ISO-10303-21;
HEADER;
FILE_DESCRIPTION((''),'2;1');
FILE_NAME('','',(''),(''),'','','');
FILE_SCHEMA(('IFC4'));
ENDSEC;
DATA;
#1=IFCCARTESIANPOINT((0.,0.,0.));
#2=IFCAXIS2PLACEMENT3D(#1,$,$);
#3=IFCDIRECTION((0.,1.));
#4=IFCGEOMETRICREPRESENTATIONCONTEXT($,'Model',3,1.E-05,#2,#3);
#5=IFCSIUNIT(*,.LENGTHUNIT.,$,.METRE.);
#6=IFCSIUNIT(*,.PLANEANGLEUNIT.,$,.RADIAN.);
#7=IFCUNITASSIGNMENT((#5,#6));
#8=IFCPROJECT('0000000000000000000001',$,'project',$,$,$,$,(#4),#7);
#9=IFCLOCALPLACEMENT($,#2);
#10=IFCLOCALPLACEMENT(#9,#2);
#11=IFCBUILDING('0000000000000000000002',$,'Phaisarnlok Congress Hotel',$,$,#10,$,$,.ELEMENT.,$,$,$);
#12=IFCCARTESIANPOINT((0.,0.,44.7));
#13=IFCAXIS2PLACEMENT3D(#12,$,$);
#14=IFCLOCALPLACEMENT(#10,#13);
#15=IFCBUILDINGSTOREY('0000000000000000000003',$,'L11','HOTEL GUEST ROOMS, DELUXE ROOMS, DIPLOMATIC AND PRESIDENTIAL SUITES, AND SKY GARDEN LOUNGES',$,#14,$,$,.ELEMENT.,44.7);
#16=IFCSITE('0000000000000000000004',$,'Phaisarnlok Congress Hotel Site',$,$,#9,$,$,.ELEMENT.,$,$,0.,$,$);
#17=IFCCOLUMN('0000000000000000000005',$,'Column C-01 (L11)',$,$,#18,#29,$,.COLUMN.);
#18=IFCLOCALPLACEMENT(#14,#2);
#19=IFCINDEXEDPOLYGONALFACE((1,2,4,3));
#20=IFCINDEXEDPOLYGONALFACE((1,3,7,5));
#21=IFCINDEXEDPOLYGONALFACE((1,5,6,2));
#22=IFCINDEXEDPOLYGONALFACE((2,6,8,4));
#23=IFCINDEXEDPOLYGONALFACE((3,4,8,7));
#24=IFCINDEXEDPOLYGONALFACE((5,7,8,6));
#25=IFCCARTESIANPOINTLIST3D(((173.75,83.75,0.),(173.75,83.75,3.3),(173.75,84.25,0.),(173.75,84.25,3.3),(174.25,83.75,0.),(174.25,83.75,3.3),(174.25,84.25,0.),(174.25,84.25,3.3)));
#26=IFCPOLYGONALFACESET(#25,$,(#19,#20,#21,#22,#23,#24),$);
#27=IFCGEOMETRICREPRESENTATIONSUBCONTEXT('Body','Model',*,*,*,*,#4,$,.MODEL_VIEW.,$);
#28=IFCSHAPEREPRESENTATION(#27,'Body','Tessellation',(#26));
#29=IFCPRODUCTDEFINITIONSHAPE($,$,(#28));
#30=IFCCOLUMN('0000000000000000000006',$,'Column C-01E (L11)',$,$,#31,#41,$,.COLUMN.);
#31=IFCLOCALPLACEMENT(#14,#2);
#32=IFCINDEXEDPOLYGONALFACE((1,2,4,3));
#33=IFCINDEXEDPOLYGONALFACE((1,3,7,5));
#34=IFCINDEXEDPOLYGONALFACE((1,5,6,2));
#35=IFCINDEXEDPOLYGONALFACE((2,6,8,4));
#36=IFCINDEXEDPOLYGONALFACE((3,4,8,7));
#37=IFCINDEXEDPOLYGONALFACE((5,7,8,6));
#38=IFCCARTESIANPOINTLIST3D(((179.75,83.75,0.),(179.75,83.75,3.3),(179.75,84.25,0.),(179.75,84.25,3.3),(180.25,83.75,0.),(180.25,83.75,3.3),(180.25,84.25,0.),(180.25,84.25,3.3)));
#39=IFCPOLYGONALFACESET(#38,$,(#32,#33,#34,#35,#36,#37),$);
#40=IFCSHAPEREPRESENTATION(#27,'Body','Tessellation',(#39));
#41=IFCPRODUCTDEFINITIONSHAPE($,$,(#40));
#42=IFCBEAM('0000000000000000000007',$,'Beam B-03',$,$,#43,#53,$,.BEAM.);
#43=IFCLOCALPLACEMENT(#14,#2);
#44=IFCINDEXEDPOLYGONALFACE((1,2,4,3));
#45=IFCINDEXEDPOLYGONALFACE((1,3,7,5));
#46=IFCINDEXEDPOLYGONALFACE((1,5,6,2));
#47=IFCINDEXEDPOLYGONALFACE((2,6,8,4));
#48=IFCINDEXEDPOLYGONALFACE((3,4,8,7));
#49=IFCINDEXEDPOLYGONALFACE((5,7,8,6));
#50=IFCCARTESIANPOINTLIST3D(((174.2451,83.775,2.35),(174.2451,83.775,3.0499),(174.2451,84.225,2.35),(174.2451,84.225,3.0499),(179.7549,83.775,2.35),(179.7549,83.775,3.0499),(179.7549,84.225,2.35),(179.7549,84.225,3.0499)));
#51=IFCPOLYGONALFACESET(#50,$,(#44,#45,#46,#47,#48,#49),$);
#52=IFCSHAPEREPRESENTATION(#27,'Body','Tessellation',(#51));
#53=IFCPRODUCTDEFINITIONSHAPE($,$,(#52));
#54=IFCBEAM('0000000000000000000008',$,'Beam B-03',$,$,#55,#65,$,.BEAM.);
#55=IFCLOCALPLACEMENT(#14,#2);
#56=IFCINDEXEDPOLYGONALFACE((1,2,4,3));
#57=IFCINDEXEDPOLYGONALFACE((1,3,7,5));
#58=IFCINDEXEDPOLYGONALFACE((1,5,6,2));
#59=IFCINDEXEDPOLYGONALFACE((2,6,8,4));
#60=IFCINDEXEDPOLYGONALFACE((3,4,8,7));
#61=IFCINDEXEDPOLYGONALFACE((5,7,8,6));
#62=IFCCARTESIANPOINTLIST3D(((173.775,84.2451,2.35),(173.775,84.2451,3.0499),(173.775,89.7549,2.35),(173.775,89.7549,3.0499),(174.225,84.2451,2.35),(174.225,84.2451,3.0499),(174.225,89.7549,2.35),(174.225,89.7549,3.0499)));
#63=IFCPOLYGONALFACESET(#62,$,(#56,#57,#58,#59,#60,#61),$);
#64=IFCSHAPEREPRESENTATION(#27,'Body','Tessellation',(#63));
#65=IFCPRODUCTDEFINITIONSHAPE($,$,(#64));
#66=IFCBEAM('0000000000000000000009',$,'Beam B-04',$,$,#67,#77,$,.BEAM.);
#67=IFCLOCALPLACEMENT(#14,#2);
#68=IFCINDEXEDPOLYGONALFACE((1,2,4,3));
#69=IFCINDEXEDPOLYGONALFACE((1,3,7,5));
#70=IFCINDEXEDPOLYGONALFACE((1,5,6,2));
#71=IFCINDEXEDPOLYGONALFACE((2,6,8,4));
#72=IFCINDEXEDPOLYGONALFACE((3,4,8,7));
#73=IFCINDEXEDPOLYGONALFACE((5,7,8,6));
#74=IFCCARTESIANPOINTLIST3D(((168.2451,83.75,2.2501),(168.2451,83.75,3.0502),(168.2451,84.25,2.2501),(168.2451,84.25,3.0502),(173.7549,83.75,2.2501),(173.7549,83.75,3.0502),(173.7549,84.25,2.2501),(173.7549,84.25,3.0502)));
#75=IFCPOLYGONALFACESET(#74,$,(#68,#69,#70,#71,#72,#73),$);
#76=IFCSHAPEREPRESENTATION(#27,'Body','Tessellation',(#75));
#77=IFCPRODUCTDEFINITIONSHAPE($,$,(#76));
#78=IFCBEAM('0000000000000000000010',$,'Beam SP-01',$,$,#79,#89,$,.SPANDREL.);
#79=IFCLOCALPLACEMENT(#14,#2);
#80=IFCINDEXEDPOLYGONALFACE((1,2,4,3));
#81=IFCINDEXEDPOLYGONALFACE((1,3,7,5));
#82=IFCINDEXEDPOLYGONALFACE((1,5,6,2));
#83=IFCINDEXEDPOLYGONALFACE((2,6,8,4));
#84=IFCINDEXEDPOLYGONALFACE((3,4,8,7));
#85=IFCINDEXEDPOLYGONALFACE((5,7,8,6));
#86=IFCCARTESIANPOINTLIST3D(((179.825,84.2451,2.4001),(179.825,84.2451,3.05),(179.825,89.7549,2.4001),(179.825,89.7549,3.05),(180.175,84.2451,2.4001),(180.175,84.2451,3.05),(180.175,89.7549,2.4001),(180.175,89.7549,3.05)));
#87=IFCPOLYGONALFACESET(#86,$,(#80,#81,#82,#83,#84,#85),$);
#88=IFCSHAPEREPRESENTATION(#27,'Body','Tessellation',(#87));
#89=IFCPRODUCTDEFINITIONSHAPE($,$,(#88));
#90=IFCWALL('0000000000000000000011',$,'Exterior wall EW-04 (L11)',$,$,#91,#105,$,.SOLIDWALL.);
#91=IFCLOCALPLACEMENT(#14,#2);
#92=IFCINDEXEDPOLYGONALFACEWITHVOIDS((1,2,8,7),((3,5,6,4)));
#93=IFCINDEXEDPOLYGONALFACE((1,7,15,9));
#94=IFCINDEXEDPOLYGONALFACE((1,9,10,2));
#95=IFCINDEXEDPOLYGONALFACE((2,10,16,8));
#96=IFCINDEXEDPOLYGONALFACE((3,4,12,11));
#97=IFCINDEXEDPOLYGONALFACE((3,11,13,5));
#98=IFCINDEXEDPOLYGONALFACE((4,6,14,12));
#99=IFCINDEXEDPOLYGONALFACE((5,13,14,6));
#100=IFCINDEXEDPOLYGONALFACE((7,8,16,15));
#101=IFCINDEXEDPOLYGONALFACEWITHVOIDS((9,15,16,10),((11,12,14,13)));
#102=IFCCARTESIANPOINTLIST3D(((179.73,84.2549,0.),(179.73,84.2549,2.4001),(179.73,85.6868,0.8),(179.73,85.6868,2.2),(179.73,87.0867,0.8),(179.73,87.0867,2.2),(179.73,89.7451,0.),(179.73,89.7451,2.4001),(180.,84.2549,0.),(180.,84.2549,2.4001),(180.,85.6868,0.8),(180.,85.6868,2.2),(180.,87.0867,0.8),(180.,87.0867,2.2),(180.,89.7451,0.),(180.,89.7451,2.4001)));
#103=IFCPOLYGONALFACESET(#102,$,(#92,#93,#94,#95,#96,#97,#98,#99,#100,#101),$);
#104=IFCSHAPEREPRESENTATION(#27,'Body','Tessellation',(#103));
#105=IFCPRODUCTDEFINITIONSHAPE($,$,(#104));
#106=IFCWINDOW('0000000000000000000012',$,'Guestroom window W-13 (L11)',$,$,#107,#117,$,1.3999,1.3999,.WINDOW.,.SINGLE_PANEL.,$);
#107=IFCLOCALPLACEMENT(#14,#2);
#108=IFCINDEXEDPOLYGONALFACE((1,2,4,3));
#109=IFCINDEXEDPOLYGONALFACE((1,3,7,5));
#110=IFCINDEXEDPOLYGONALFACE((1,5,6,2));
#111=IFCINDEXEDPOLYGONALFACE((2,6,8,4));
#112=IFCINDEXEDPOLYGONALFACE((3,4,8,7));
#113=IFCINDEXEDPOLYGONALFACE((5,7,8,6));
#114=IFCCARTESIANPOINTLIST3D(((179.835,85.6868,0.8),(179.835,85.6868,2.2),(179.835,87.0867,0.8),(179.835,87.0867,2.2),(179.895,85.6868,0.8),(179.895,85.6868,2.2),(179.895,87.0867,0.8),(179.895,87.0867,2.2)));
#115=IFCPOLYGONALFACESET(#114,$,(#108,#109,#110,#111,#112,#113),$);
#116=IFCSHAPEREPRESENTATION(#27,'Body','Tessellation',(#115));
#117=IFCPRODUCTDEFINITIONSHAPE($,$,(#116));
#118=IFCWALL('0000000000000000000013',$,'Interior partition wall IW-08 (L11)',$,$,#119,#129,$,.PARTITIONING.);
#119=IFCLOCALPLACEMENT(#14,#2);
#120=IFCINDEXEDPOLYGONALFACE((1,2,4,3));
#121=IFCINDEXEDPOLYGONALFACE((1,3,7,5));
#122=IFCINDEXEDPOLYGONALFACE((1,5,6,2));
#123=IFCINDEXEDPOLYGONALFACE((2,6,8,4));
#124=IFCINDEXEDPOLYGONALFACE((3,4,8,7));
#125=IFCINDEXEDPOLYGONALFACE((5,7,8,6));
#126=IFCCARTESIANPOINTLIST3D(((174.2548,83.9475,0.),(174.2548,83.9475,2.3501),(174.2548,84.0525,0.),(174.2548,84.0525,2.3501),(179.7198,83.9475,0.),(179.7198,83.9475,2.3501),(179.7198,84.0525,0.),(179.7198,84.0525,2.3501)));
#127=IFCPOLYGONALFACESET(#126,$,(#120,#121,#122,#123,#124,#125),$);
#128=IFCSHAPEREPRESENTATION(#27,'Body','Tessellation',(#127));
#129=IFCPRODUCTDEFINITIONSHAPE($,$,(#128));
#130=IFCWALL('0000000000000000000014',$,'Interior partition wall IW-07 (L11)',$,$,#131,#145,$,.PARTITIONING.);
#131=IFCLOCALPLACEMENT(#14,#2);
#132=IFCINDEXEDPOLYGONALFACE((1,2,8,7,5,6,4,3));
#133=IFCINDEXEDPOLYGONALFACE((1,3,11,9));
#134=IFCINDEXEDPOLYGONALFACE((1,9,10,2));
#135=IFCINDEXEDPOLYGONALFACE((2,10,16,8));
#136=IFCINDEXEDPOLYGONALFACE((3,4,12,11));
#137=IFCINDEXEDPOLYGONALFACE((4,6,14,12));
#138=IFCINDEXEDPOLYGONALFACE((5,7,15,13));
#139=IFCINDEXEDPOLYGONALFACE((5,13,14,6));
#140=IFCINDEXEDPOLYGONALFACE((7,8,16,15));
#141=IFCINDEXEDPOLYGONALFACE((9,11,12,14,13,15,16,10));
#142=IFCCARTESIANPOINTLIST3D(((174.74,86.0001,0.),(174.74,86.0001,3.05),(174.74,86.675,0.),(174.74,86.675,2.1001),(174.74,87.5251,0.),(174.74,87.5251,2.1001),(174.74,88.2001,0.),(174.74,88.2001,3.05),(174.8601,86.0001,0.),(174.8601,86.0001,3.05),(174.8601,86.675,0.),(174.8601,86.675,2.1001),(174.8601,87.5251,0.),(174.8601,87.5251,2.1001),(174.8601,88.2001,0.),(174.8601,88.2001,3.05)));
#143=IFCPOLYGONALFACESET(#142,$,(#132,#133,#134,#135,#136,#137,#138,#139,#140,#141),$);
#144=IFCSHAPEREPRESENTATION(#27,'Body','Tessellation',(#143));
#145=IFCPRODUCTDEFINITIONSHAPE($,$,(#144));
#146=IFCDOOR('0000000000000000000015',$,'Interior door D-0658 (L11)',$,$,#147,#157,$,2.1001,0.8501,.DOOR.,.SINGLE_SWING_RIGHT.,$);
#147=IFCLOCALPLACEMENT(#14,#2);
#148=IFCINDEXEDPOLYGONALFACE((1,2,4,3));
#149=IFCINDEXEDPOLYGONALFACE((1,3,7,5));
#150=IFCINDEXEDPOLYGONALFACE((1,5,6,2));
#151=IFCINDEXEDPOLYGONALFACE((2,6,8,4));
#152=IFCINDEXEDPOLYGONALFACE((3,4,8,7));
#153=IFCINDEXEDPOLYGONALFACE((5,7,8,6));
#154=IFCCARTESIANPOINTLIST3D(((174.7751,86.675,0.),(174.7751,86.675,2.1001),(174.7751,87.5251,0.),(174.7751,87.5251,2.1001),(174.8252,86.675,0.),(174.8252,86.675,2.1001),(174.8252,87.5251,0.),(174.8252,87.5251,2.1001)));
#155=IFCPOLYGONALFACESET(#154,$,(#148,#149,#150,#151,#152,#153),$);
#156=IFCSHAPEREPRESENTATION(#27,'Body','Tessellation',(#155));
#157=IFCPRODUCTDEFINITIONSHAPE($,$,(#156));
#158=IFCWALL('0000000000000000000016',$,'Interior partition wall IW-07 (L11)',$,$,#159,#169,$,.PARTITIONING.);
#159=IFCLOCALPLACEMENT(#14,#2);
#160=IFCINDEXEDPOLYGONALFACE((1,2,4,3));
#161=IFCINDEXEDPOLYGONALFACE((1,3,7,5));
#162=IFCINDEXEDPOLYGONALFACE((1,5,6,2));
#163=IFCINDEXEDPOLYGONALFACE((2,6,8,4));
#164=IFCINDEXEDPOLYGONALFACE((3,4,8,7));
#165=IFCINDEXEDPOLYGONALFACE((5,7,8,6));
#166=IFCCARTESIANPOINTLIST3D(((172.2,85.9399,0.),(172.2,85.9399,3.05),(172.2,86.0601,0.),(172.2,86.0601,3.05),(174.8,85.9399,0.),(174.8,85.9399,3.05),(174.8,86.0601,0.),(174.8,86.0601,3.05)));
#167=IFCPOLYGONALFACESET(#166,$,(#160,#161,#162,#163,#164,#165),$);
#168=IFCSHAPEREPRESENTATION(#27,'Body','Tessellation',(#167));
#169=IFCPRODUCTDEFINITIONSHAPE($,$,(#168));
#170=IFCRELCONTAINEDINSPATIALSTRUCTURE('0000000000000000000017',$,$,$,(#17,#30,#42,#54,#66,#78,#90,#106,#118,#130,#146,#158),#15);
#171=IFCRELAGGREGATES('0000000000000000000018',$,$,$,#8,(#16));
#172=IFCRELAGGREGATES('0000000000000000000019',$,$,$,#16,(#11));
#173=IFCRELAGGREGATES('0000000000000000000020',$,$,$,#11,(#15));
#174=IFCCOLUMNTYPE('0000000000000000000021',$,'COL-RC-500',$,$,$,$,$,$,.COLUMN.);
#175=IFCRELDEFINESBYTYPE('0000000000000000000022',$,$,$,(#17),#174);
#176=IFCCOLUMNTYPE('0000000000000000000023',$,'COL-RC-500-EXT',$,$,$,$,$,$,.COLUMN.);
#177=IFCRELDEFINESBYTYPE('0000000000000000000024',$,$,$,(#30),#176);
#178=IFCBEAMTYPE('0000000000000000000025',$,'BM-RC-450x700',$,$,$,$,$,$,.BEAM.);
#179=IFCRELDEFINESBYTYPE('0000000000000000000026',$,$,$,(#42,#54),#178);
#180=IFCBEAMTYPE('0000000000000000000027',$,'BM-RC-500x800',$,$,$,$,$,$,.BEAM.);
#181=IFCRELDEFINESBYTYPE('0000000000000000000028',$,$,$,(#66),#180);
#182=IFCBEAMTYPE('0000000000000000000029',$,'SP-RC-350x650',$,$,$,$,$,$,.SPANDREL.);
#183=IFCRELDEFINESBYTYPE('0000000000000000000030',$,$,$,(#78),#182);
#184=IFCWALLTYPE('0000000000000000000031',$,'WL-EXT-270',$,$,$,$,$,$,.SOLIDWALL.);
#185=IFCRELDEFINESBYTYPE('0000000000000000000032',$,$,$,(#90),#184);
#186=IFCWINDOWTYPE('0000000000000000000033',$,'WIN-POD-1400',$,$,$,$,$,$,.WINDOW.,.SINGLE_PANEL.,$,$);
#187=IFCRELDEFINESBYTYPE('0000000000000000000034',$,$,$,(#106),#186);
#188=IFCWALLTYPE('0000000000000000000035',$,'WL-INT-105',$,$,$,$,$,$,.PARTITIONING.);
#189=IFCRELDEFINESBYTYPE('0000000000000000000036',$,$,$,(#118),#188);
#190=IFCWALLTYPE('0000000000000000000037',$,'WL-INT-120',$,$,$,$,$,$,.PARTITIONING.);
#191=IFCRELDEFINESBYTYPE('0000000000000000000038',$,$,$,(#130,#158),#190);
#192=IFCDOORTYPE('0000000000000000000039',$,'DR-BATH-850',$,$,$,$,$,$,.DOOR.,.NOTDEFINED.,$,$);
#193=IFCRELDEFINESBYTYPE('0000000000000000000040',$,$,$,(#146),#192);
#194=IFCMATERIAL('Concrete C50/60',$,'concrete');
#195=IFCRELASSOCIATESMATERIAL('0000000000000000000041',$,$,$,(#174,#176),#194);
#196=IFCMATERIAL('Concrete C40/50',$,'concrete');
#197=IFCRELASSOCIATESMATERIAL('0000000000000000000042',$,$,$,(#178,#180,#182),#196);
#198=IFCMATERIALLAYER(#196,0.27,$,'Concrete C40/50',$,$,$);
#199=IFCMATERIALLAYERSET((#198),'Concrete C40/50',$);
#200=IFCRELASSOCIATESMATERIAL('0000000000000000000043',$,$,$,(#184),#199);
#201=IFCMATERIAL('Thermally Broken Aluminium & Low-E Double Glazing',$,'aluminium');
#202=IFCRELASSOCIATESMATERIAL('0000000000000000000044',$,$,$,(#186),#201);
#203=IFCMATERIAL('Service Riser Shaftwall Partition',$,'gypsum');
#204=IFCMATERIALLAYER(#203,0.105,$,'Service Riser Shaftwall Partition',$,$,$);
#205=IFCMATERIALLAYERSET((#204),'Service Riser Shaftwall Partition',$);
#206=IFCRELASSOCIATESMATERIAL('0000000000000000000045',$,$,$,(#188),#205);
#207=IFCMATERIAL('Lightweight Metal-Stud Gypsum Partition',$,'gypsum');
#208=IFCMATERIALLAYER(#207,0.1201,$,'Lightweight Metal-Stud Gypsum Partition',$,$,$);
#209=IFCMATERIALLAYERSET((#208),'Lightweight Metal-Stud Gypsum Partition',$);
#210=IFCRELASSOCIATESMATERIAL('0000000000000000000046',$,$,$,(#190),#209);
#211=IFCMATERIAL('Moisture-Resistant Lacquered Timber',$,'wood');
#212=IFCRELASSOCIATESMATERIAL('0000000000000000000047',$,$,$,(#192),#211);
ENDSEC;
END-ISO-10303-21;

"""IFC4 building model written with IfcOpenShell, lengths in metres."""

from ifc_helpers import new_model, si_unit, direction, frame, frame_2d, origin, origin_2d, place, context, subcontext, project, spatial, rectangle, extrude, material, layer, layer_set, material_profile, profile_set, type_object, element, fill, save


model = new_model("IFC4")

# Units and contexts
model_context = context("Model", 3, precision=1e-05, world=origin(), true_north=direction((0.0, 1.0)))
body_context = subcontext(model_context, "Body", "Model", "MODEL_VIEW")
ifc_project = project(units=[si_unit("LENGTHUNIT", "METRE"), si_unit("PLANEANGLEUNIT", "RADIAN")], contexts=[model_context])

# Site, building, storey
site_placement = place(None, origin())
site = spatial("IfcSite", under=ifc_project, at=site_placement, Name="Phaisarnlok Congress Hotel Site", CompositionType="ELEMENT", RefElevation=0.0)
building_placement = place(site_placement, origin())
building = spatial("IfcBuilding", under=site, at=building_placement, Name="Phaisarnlok Congress Hotel", CompositionType="ELEMENT")
storey_placement = place(building_placement, frame((0.0, 0.0, 44.7)))
storey = spatial("IfcBuildingStorey", under=building, at=storey_placement, Name="L11", Description="HOTEL GUEST ROOMS, DELUXE ROOMS, DIPLOMATIC AND PRESIDENTIAL SUITES, AND SKY GARDEN LOUNGES", CompositionType="ELEMENT", Elevation=44.7)

# Columns
ifc_material_1 = material(Name="Concrete C50/60", Category="concrete")
ifc_material_profile_1 = material_profile(ifc_material_1, rectangle(XDim=0.5, YDim=0.5, at=origin_2d()), Name="RC 500x500")
ifc_profile_set_1 = profile_set([ifc_material_profile_1], Name="Concrete C50/60")
column_type_1 = type_object("IfcColumnType", Name="COL-RC-500", PredefinedType="COLUMN", material=ifc_profile_set_1)
column_1_placement = place(storey_placement, frame((174.0, 84.0, 0.0), z_axis=(0.0, 0.0, 1.0), x_axis=(1.0, 0.0, 0.0)))
element("IfcColumn", 1, at=column_1_placement, inside=storey, type_object=column_type_1, Name="Column C-01 (L11)", PredefinedType="COLUMN", context=body_context, shape_type="SweptSolid", body=[
    extrude(rectangle(XDim=0.5, YDim=0.5, at=origin_2d()), origin(), (0.0, 0.0, 1.0), 3.3),
])
ifc_material_profile_2 = material_profile(ifc_material_1, rectangle(XDim=0.5, YDim=0.5, at=origin_2d()), Name="RC 500x500")
ifc_profile_set_2 = profile_set([ifc_material_profile_2], Name="Concrete C50/60")
column_type_2 = type_object("IfcColumnType", Name="COL-RC-500-EXT", PredefinedType="COLUMN", material=ifc_profile_set_2)
column_2_placement = place(storey_placement, frame((180.0, 84.0, 0.0), z_axis=(0.0, 0.0, 1.0), x_axis=(1.0, 0.0, 0.0)))
element("IfcColumn", 2, at=column_2_placement, inside=storey, type_object=column_type_2, Name="Column C-01E (L11)", PredefinedType="COLUMN", context=body_context, shape_type="SweptSolid", body=[
    extrude(rectangle(XDim=0.5, YDim=0.5, at=origin_2d()), origin(), (0.0, 0.0, 1.0), 3.3),
])

# Beams
ifc_material_2 = material(Name="Concrete C40/50", Category="concrete")
ifc_material_profile_3 = material_profile(ifc_material_2, rectangle(XDim=0.45, YDim=0.7, at=origin_2d()), Name="RC 450x700")
ifc_profile_set_3 = profile_set([ifc_material_profile_3], Name="Concrete C40/50")
beam_type_1 = type_object("IfcBeamType", Name="BM-RC-450x700", PredefinedType="BEAM", material=ifc_profile_set_3)
for number, where, z_axis, x_axis, name in (
    (3, (174.2451, 84.0, 2.7), (1.0, 0.0, 0.0), (0.0, 1.0, 0.0), "Beam B-03"),
    (4, (174.0, 84.2451, 2.7), (0.0, 1.0, 0.0), (-1.0, 0.0, 0.0), "Beam B-03"),
):
    element("IfcBeam", number, at=place(storey_placement, frame(where, z_axis=z_axis, x_axis=x_axis)), inside=storey, type_object=beam_type_1, Name=name, PredefinedType="BEAM", context=body_context, shape_type="SweptSolid", body=[
        extrude(rectangle(XDim=0.45, YDim=0.7, at=origin_2d()), origin(), (0.0, 0.0, 1.0), 5.5098),
    ])
ifc_material_profile_4 = material_profile(ifc_material_2, rectangle(XDim=0.5, YDim=0.8, at=origin_2d()), Name="RC 500x800")
ifc_profile_set_4 = profile_set([ifc_material_profile_4], Name="Concrete C40/50")
beam_type_2 = type_object("IfcBeamType", Name="BM-RC-500x800", PredefinedType="BEAM", material=ifc_profile_set_4)
beam_1_placement = place(storey_placement, frame((168.2451, 84.0, 2.6501), z_axis=(1.0, 0.0, 0.0), x_axis=(0.0, 1.0, 0.0)))
element("IfcBeam", 5, at=beam_1_placement, inside=storey, type_object=beam_type_2, Name="Beam B-04", PredefinedType="BEAM", context=body_context, shape_type="SweptSolid", body=[
    extrude(rectangle(XDim=0.5, YDim=0.8, at=origin_2d()), origin(), (0.0, 0.0, 1.0), 5.5098),
])
ifc_material_profile_5 = material_profile(ifc_material_2, rectangle(XDim=0.3501, YDim=0.6499, at=origin_2d()), Name="RC 350x650")
ifc_profile_set_5 = profile_set([ifc_material_profile_5], Name="Concrete C40/50")
beam_type_3 = type_object("IfcBeamType", Name="SP-RC-350x650", PredefinedType="SPANDREL", material=ifc_profile_set_5)
beam_2_placement = place(storey_placement, frame((180.0, 84.2451, 2.7251), z_axis=(0.0, 1.0, 0.0), x_axis=(-1.0, 0.0, 0.0)))
element("IfcBeam", 6, at=beam_2_placement, inside=storey, type_object=beam_type_3, Name="Beam SP-01", PredefinedType="SPANDREL", context=body_context, shape_type="SweptSolid", body=[
    extrude(rectangle(XDim=0.3501, YDim=0.6499, at=origin_2d()), origin(), (0.0, 0.0, 1.0), 5.5098),
])

# Wall, opening, window
ifc_layer_1 = layer(ifc_material_2, 0.27, Name="Concrete C40/50")
ifc_layer_set_1 = layer_set([ifc_layer_1], Name="Concrete C40/50")
wall_type_1 = type_object("IfcWallType", Name="WL-EXT-270", PredefinedType="SOLIDWALL", material=ifc_layer_set_1)
wall_1_placement = place(storey_placement, frame((179.865, 84.2549, 0.0), z_axis=(0.0, 0.0, 1.0), x_axis=(0.0, 1.0, 0.0)))
wall_1 = element("IfcWall", 7, at=wall_1_placement, inside=storey, type_object=wall_type_1, Name="Exterior wall EW-04 (L11)", PredefinedType="SOLIDWALL", context=body_context, shape_type="SweptSolid", body=[
    extrude(rectangle(XDim=5.4902, YDim=0.27, at=frame_2d((2.7451, 0.0))), origin(), (0.0, 0.0, 1.0), 2.4001),
])
opening_1_placement = place(wall_1_placement, frame((1.4319, 0.0, 0.8)))
opening_1 = element("IfcOpeningElement", 8, at=opening_1_placement, cuts=wall_1, PredefinedType="OPENING", context=body_context, shape_type="SweptSolid", body=[
    extrude(rectangle(XDim=1.3999, YDim=1.3999, at=frame_2d((0.7, 0.7))), frame((0.0, 0.145, 0.0), z_axis=(0.0, -1.0, 0.0), x_axis=(1.0, 0.0, 0.0)), (0.0, 0.0, 1.0), 0.29),
])
ifc_material_3 = material(Name="Thermally Broken Aluminium & Low-E Double Glazing", Category="aluminium")
window_type = type_object("IfcWindowType", Name="WIN-POD-1400", PartitioningType="SINGLE_PANEL", PredefinedType="WINDOW", material=ifc_material_3)
window_placement = place(opening_1_placement, origin())
window = element("IfcWindow", 9, at=window_placement, inside=storey, type_object=window_type, Name="Guestroom window W-13 (L11)", OverallHeight=1.3999, OverallWidth=1.3999, PartitioningType="SINGLE_PANEL", PredefinedType="WINDOW", context=body_context, shape_type="SweptSolid", body=[
    extrude(rectangle(XDim=1.3999, YDim=1.3999, at=frame_2d((0.7, 0.7))), frame((0.0, 0.03, 0.0), z_axis=(0.0, -1.0, 0.0), x_axis=(1.0, 0.0, 0.0)), (0.0, 0.0, 1.0), 0.0601),
])
fill(opening_1, window)

# Wall
ifc_material_4 = material(Name="Service Riser Shaftwall Partition", Category="gypsum")
ifc_layer_2 = layer(ifc_material_4, 0.105, Name="Service Riser Shaftwall Partition")
ifc_layer_set_2 = layer_set([ifc_layer_2], Name="Service Riser Shaftwall Partition")
wall_type_2 = type_object("IfcWallType", Name="WL-INT-105", PredefinedType="PARTITIONING", material=ifc_layer_set_2)
wall_2_placement = place(storey_placement, frame((174.2549, 84.0, 0.0), z_axis=(0.0, 0.0, 1.0), x_axis=(1.0, 0.0, 0.0)))
element("IfcWall", 10, at=wall_2_placement, inside=storey, type_object=wall_type_2, Name="Interior partition wall IW-08 (L11)", PredefinedType="PARTITIONING", context=body_context, shape_type="SweptSolid", body=[
    extrude(rectangle(XDim=5.4651, YDim=0.105, at=frame_2d((2.7324, 0.0))), origin(), (0.0, 0.0, 1.0), 2.3501),
])

# Wall, opening, door
ifc_material_5 = material(Name="Lightweight Metal-Stud Gypsum Partition", Category="gypsum")
ifc_layer_3 = layer(ifc_material_5, 0.1201, Name="Lightweight Metal-Stud Gypsum Partition")
ifc_layer_set_3 = layer_set([ifc_layer_3], Name="Lightweight Metal-Stud Gypsum Partition")
wall_type_3 = type_object("IfcWallType", Name="WL-INT-120", PredefinedType="PARTITIONING", material=ifc_layer_set_3)
wall_3_placement = place(storey_placement, frame((174.8, 86.0, 0.0), z_axis=(0.0, 0.0, 1.0), x_axis=(0.0, 1.0, 0.0)))
wall_3 = element("IfcWall", 11, at=wall_3_placement, inside=storey, type_object=wall_type_3, Name="Interior partition wall IW-07 (L11)", PredefinedType="PARTITIONING", context=body_context, shape_type="SweptSolid", body=[
    extrude(rectangle(XDim=2.2, YDim=0.1201, at=frame_2d((1.1001, 0.0))), origin(), (0.0, 0.0, 1.0), 3.05),
])
opening_2_placement = place(wall_3_placement, frame((0.675, 0.0, 0.0)))
opening_2 = element("IfcOpeningElement", 12, at=opening_2_placement, cuts=wall_3, PredefinedType="OPENING", context=body_context, shape_type="SweptSolid", body=[
    extrude(rectangle(XDim=0.8501, YDim=2.1001, at=frame_2d((0.425, 1.05))), frame((0.0, 0.0701, 0.0), z_axis=(0.0, -1.0, 0.0), x_axis=(1.0, 0.0, 0.0)), (0.0, 0.0, 1.0), 0.1401),
])
ifc_material_6 = material(Name="Moisture-Resistant Lacquered Timber", Category="wood")
door_type = type_object("IfcDoorType", Name="DR-BATH-850", OperationType="NOTDEFINED", PredefinedType="DOOR", material=ifc_material_6)
door_1_placement = place(opening_2_placement, origin())
door_1 = element("IfcDoor", 13, at=door_1_placement, inside=storey, type_object=door_type, Name="Interior door D-0658 (L11)", OperationType="SINGLE_SWING_RIGHT", OverallHeight=2.1001, OverallWidth=0.8501, PredefinedType="DOOR", context=body_context, shape_type="SweptSolid", body=[
    extrude(rectangle(XDim=0.8501, YDim=2.1001, at=frame_2d((0.425, 1.05))), frame((0.0, 0.0249, 0.0), z_axis=(0.0, -1.0, 0.0), x_axis=(1.0, 0.0, 0.0)), (0.0, 0.0, 1.0), 0.05),
])
fill(opening_2, door_1)

# Wall
wall_4_placement = place(storey_placement, frame((172.2, 86.0, 0.0), z_axis=(0.0, 0.0, 1.0), x_axis=(1.0, 0.0, 0.0)))
element("IfcWall", 14, at=wall_4_placement, inside=storey, type_object=wall_type_3, Name="Interior partition wall IW-07 (L11)", PredefinedType="PARTITIONING", context=body_context, shape_type="SweptSolid", body=[
    extrude(rectangle(XDim=2.6001, YDim=0.1201, at=frame_2d((1.3, 0.0))), origin(), (0.0, 0.0, 1.0), 3.05),
])

save(model, "model.ifc")
